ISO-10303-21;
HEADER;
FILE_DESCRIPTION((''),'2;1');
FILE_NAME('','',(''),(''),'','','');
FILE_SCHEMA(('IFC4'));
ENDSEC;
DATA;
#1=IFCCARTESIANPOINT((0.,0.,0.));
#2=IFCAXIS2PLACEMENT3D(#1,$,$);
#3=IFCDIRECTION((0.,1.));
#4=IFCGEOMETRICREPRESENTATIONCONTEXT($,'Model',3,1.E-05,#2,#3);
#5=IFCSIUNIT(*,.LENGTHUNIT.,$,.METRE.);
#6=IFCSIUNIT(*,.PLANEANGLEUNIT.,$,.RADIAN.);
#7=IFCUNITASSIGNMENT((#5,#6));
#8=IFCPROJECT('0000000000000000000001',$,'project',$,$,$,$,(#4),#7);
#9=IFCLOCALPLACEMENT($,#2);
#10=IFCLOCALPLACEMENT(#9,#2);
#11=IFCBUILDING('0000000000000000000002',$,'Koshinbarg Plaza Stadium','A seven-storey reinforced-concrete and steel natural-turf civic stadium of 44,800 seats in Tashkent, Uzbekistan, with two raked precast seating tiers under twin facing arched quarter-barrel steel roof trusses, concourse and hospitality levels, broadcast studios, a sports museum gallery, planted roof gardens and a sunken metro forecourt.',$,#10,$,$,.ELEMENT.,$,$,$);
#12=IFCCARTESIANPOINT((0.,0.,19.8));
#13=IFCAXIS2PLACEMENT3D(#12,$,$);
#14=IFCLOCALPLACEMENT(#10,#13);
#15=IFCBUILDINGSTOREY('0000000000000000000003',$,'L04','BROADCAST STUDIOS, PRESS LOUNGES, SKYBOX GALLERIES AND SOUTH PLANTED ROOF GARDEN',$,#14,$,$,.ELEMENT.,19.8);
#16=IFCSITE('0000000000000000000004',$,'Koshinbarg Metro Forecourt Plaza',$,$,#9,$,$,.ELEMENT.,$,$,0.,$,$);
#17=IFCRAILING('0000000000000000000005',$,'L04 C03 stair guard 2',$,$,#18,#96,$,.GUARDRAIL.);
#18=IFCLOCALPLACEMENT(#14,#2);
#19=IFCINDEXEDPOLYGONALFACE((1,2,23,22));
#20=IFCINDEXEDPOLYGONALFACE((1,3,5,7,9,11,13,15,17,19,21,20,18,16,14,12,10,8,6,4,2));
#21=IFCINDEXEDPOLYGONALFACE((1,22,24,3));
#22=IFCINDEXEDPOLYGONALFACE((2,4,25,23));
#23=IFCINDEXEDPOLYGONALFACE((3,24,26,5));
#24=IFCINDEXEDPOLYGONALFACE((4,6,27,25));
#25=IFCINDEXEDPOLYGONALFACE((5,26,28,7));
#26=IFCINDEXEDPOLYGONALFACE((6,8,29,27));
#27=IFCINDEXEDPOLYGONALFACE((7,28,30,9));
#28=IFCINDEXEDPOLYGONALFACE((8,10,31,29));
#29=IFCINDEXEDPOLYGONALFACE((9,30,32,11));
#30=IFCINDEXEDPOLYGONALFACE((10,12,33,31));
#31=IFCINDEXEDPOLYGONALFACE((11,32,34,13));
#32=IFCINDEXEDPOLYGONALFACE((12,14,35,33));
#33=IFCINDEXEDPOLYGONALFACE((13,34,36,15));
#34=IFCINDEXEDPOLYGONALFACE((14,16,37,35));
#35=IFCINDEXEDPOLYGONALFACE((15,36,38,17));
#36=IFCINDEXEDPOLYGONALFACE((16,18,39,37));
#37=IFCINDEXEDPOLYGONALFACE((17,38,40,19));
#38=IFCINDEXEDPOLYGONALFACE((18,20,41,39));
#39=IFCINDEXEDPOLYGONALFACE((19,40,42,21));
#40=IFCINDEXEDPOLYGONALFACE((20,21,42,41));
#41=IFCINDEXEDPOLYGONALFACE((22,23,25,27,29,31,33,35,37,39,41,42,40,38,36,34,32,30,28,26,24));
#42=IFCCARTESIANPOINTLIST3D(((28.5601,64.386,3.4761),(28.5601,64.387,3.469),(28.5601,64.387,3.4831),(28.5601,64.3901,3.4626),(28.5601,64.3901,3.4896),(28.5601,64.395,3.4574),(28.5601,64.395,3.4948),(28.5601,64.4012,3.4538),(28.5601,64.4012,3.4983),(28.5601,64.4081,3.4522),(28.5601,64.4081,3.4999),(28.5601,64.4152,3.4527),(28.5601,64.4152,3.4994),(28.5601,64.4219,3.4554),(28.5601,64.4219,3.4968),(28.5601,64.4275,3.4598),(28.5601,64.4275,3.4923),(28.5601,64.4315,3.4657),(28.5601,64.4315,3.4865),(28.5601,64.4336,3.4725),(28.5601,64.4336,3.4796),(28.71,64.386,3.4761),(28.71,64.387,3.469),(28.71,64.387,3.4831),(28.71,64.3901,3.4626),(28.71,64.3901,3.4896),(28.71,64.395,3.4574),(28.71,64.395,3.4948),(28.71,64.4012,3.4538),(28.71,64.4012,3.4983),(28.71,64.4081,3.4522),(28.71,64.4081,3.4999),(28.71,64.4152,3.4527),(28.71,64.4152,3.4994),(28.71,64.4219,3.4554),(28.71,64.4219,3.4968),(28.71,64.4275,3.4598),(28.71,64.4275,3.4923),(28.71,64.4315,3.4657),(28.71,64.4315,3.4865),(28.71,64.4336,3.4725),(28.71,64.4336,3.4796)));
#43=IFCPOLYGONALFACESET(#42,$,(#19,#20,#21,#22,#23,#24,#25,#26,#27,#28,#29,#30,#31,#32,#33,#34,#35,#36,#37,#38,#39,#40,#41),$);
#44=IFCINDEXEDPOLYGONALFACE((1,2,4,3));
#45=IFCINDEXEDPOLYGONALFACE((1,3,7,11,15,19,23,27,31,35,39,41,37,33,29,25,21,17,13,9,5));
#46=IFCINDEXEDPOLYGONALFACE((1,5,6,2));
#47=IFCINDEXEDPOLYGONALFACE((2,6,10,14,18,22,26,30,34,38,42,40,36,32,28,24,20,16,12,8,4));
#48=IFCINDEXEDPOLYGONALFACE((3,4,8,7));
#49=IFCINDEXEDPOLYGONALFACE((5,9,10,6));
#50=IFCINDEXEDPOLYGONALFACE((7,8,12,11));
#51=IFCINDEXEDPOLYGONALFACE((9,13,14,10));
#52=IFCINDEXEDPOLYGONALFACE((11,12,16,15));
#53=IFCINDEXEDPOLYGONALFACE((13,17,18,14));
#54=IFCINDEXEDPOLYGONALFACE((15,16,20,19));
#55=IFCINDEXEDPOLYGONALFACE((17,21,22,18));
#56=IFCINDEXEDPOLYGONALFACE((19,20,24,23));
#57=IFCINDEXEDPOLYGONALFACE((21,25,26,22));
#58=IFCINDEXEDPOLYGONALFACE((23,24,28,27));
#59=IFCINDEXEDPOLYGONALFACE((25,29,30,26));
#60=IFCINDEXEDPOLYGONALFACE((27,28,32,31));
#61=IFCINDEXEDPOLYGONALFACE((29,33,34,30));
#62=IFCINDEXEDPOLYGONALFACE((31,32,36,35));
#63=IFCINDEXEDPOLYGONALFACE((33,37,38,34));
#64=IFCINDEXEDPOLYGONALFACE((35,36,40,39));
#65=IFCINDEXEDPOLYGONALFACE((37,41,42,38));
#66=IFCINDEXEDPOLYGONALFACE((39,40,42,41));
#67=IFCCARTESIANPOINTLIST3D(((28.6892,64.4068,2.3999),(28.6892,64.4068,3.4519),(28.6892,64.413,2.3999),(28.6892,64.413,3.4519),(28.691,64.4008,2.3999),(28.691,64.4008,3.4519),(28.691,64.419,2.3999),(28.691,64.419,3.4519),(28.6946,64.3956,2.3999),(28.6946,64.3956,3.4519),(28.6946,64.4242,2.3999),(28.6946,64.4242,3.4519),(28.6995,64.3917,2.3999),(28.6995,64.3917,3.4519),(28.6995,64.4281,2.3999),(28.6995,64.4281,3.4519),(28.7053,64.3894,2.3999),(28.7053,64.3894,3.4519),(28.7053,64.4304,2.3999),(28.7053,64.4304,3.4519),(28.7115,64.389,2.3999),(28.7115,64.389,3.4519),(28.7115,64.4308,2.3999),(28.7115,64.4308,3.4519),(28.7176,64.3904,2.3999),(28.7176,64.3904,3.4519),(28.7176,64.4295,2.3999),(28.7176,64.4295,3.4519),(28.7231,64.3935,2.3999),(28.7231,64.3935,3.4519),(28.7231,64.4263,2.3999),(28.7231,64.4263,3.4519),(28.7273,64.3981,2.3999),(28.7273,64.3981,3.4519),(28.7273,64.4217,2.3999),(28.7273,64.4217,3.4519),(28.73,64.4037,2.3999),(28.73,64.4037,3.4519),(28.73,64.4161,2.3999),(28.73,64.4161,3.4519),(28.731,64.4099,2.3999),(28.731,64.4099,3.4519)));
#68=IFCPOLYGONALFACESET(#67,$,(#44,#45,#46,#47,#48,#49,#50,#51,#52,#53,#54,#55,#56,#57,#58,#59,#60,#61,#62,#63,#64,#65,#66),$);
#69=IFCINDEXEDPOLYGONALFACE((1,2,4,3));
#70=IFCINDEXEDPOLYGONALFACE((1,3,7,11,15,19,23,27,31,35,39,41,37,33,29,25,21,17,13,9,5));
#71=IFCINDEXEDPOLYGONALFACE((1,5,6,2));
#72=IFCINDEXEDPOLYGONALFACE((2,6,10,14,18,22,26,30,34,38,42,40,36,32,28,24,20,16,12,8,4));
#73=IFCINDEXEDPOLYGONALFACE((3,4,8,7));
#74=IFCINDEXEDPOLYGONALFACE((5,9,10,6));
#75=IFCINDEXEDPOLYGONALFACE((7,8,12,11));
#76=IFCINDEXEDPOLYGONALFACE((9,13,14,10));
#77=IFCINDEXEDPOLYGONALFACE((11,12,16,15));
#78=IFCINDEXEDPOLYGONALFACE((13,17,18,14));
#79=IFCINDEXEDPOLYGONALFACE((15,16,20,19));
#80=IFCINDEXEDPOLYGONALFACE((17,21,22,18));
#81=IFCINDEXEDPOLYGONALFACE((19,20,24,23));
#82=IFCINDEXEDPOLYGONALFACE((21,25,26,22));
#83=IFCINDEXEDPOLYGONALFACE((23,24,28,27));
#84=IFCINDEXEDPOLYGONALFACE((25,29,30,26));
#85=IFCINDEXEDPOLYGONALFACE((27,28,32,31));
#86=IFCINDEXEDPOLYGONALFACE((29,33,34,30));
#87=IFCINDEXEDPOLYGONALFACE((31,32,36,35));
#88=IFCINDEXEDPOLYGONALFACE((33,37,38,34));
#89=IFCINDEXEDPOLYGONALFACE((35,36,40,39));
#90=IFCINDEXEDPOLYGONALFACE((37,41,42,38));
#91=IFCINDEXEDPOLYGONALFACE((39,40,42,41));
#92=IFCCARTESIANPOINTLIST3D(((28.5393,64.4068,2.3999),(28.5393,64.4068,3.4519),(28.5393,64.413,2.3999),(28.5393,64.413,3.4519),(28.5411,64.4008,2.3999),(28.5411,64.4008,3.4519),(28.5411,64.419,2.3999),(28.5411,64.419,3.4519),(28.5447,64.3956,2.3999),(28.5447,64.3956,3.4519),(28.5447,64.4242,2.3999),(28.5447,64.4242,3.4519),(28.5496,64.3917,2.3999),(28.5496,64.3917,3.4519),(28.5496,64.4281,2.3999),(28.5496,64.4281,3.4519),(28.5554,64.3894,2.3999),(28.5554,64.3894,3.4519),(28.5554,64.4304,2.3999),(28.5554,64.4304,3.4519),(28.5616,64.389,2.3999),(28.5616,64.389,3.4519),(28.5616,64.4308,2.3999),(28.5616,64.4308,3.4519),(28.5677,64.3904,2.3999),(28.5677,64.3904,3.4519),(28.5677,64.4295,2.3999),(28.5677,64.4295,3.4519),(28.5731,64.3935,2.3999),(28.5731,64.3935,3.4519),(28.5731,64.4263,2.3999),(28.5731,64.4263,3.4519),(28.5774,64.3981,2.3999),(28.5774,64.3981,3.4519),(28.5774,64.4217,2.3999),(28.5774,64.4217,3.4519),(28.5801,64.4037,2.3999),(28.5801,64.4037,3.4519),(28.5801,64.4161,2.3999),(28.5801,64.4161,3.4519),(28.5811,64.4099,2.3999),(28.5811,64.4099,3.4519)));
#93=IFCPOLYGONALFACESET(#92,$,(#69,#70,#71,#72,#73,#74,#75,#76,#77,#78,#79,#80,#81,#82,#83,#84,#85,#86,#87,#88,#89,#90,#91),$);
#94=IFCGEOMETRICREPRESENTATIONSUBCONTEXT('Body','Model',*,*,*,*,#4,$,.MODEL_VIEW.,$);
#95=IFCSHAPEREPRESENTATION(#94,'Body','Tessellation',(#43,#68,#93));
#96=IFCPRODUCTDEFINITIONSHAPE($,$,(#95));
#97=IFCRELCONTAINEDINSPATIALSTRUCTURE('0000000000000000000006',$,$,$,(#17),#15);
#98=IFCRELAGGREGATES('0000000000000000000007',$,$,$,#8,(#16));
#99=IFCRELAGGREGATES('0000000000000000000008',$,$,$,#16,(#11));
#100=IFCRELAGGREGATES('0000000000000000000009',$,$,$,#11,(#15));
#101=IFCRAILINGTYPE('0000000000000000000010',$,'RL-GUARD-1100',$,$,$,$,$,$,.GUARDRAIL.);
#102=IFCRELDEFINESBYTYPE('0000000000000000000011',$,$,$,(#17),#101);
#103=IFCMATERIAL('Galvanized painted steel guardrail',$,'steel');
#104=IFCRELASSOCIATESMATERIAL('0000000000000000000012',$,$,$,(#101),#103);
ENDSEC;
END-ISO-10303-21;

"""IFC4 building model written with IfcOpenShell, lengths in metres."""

from ifc_helpers import new_model, si_unit, direction, frame, origin, origin_2d, place, context, subcontext, project, spatial, circle, extrude, material, type_object, element, save


model = new_model("IFC4")

# Units and contexts
model_context = context("Model", 3, precision=1e-05, world=origin(), true_north=direction((0.0, 1.0)))
body_context = subcontext(model_context, "Body", "Model", "MODEL_VIEW")
ifc_project = project(units=[si_unit("LENGTHUNIT", "METRE"), si_unit("PLANEANGLEUNIT", "RADIAN")], contexts=[model_context])

# Site, building, storey
site_placement = place(None, origin())
site = spatial("IfcSite", under=ifc_project, at=site_placement, Name="Koshinbarg Metro Forecourt Plaza", CompositionType="ELEMENT", RefElevation=0.0)
building_placement = place(site_placement, origin())
building = spatial("IfcBuilding", under=site, at=building_placement, Name="Koshinbarg Plaza Stadium", Description="A seven-storey reinforced-concrete and steel natural-turf civic stadium of 44,800 seats in Tashkent, Uzbekistan, with two raked precast seating tiers under twin facing arched quarter-barrel steel roof trusses, concourse and hospitality levels, broadcast studios, a sports museum gallery, planted roof gardens and a sunken metro forecourt.", CompositionType="ELEMENT")
storey_placement = place(building_placement, frame((0.0, 0.0, 19.8)))
storey = spatial("IfcBuildingStorey", under=building, at=storey_placement, Name="L04", Description="BROADCAST STUDIOS, PRESS LOUNGES, SKYBOX GALLERIES AND SOUTH PLANTED ROOF GARDEN", CompositionType="ELEMENT", Elevation=19.8)

# Railing
ifc_material_1 = material(Name="Galvanized painted steel guardrail", Category="steel")
railing_type_1 = type_object("IfcRailingType", Name="RL-GUARD-1100", PredefinedType="GUARDRAIL", material=ifc_material_1)
railing_1_placement = place(storey_placement, frame((28.71, 64.4099, 2.3999)))
element("IfcRailing", 1, at=railing_1_placement, inside=storey, type_object=railing_type_1, Name="L04 C03 stair guard 2", PredefinedType="GUARDRAIL", context=body_context, shape_type="SweptSolid", body=[
    extrude(circle(Radius=0.0239, at=origin_2d()), frame((0.0, 0.0, 1.0762), z_axis=(-1.0, 0.0, 0.0), x_axis=(0.0, -1.0, 0.0)), (0.0, 0.0, 1.0), 0.1499),
    extrude(circle(Radius=0.021, at=origin_2d()), origin(), (0.0, 0.0, 1.0), 1.052),
    extrude(circle(Radius=0.021, at=origin_2d()), frame((-0.1499, 0.0, 0.0)), (0.0, 0.0, 1.0), 1.052),
])

save(model, "model.ifc")
